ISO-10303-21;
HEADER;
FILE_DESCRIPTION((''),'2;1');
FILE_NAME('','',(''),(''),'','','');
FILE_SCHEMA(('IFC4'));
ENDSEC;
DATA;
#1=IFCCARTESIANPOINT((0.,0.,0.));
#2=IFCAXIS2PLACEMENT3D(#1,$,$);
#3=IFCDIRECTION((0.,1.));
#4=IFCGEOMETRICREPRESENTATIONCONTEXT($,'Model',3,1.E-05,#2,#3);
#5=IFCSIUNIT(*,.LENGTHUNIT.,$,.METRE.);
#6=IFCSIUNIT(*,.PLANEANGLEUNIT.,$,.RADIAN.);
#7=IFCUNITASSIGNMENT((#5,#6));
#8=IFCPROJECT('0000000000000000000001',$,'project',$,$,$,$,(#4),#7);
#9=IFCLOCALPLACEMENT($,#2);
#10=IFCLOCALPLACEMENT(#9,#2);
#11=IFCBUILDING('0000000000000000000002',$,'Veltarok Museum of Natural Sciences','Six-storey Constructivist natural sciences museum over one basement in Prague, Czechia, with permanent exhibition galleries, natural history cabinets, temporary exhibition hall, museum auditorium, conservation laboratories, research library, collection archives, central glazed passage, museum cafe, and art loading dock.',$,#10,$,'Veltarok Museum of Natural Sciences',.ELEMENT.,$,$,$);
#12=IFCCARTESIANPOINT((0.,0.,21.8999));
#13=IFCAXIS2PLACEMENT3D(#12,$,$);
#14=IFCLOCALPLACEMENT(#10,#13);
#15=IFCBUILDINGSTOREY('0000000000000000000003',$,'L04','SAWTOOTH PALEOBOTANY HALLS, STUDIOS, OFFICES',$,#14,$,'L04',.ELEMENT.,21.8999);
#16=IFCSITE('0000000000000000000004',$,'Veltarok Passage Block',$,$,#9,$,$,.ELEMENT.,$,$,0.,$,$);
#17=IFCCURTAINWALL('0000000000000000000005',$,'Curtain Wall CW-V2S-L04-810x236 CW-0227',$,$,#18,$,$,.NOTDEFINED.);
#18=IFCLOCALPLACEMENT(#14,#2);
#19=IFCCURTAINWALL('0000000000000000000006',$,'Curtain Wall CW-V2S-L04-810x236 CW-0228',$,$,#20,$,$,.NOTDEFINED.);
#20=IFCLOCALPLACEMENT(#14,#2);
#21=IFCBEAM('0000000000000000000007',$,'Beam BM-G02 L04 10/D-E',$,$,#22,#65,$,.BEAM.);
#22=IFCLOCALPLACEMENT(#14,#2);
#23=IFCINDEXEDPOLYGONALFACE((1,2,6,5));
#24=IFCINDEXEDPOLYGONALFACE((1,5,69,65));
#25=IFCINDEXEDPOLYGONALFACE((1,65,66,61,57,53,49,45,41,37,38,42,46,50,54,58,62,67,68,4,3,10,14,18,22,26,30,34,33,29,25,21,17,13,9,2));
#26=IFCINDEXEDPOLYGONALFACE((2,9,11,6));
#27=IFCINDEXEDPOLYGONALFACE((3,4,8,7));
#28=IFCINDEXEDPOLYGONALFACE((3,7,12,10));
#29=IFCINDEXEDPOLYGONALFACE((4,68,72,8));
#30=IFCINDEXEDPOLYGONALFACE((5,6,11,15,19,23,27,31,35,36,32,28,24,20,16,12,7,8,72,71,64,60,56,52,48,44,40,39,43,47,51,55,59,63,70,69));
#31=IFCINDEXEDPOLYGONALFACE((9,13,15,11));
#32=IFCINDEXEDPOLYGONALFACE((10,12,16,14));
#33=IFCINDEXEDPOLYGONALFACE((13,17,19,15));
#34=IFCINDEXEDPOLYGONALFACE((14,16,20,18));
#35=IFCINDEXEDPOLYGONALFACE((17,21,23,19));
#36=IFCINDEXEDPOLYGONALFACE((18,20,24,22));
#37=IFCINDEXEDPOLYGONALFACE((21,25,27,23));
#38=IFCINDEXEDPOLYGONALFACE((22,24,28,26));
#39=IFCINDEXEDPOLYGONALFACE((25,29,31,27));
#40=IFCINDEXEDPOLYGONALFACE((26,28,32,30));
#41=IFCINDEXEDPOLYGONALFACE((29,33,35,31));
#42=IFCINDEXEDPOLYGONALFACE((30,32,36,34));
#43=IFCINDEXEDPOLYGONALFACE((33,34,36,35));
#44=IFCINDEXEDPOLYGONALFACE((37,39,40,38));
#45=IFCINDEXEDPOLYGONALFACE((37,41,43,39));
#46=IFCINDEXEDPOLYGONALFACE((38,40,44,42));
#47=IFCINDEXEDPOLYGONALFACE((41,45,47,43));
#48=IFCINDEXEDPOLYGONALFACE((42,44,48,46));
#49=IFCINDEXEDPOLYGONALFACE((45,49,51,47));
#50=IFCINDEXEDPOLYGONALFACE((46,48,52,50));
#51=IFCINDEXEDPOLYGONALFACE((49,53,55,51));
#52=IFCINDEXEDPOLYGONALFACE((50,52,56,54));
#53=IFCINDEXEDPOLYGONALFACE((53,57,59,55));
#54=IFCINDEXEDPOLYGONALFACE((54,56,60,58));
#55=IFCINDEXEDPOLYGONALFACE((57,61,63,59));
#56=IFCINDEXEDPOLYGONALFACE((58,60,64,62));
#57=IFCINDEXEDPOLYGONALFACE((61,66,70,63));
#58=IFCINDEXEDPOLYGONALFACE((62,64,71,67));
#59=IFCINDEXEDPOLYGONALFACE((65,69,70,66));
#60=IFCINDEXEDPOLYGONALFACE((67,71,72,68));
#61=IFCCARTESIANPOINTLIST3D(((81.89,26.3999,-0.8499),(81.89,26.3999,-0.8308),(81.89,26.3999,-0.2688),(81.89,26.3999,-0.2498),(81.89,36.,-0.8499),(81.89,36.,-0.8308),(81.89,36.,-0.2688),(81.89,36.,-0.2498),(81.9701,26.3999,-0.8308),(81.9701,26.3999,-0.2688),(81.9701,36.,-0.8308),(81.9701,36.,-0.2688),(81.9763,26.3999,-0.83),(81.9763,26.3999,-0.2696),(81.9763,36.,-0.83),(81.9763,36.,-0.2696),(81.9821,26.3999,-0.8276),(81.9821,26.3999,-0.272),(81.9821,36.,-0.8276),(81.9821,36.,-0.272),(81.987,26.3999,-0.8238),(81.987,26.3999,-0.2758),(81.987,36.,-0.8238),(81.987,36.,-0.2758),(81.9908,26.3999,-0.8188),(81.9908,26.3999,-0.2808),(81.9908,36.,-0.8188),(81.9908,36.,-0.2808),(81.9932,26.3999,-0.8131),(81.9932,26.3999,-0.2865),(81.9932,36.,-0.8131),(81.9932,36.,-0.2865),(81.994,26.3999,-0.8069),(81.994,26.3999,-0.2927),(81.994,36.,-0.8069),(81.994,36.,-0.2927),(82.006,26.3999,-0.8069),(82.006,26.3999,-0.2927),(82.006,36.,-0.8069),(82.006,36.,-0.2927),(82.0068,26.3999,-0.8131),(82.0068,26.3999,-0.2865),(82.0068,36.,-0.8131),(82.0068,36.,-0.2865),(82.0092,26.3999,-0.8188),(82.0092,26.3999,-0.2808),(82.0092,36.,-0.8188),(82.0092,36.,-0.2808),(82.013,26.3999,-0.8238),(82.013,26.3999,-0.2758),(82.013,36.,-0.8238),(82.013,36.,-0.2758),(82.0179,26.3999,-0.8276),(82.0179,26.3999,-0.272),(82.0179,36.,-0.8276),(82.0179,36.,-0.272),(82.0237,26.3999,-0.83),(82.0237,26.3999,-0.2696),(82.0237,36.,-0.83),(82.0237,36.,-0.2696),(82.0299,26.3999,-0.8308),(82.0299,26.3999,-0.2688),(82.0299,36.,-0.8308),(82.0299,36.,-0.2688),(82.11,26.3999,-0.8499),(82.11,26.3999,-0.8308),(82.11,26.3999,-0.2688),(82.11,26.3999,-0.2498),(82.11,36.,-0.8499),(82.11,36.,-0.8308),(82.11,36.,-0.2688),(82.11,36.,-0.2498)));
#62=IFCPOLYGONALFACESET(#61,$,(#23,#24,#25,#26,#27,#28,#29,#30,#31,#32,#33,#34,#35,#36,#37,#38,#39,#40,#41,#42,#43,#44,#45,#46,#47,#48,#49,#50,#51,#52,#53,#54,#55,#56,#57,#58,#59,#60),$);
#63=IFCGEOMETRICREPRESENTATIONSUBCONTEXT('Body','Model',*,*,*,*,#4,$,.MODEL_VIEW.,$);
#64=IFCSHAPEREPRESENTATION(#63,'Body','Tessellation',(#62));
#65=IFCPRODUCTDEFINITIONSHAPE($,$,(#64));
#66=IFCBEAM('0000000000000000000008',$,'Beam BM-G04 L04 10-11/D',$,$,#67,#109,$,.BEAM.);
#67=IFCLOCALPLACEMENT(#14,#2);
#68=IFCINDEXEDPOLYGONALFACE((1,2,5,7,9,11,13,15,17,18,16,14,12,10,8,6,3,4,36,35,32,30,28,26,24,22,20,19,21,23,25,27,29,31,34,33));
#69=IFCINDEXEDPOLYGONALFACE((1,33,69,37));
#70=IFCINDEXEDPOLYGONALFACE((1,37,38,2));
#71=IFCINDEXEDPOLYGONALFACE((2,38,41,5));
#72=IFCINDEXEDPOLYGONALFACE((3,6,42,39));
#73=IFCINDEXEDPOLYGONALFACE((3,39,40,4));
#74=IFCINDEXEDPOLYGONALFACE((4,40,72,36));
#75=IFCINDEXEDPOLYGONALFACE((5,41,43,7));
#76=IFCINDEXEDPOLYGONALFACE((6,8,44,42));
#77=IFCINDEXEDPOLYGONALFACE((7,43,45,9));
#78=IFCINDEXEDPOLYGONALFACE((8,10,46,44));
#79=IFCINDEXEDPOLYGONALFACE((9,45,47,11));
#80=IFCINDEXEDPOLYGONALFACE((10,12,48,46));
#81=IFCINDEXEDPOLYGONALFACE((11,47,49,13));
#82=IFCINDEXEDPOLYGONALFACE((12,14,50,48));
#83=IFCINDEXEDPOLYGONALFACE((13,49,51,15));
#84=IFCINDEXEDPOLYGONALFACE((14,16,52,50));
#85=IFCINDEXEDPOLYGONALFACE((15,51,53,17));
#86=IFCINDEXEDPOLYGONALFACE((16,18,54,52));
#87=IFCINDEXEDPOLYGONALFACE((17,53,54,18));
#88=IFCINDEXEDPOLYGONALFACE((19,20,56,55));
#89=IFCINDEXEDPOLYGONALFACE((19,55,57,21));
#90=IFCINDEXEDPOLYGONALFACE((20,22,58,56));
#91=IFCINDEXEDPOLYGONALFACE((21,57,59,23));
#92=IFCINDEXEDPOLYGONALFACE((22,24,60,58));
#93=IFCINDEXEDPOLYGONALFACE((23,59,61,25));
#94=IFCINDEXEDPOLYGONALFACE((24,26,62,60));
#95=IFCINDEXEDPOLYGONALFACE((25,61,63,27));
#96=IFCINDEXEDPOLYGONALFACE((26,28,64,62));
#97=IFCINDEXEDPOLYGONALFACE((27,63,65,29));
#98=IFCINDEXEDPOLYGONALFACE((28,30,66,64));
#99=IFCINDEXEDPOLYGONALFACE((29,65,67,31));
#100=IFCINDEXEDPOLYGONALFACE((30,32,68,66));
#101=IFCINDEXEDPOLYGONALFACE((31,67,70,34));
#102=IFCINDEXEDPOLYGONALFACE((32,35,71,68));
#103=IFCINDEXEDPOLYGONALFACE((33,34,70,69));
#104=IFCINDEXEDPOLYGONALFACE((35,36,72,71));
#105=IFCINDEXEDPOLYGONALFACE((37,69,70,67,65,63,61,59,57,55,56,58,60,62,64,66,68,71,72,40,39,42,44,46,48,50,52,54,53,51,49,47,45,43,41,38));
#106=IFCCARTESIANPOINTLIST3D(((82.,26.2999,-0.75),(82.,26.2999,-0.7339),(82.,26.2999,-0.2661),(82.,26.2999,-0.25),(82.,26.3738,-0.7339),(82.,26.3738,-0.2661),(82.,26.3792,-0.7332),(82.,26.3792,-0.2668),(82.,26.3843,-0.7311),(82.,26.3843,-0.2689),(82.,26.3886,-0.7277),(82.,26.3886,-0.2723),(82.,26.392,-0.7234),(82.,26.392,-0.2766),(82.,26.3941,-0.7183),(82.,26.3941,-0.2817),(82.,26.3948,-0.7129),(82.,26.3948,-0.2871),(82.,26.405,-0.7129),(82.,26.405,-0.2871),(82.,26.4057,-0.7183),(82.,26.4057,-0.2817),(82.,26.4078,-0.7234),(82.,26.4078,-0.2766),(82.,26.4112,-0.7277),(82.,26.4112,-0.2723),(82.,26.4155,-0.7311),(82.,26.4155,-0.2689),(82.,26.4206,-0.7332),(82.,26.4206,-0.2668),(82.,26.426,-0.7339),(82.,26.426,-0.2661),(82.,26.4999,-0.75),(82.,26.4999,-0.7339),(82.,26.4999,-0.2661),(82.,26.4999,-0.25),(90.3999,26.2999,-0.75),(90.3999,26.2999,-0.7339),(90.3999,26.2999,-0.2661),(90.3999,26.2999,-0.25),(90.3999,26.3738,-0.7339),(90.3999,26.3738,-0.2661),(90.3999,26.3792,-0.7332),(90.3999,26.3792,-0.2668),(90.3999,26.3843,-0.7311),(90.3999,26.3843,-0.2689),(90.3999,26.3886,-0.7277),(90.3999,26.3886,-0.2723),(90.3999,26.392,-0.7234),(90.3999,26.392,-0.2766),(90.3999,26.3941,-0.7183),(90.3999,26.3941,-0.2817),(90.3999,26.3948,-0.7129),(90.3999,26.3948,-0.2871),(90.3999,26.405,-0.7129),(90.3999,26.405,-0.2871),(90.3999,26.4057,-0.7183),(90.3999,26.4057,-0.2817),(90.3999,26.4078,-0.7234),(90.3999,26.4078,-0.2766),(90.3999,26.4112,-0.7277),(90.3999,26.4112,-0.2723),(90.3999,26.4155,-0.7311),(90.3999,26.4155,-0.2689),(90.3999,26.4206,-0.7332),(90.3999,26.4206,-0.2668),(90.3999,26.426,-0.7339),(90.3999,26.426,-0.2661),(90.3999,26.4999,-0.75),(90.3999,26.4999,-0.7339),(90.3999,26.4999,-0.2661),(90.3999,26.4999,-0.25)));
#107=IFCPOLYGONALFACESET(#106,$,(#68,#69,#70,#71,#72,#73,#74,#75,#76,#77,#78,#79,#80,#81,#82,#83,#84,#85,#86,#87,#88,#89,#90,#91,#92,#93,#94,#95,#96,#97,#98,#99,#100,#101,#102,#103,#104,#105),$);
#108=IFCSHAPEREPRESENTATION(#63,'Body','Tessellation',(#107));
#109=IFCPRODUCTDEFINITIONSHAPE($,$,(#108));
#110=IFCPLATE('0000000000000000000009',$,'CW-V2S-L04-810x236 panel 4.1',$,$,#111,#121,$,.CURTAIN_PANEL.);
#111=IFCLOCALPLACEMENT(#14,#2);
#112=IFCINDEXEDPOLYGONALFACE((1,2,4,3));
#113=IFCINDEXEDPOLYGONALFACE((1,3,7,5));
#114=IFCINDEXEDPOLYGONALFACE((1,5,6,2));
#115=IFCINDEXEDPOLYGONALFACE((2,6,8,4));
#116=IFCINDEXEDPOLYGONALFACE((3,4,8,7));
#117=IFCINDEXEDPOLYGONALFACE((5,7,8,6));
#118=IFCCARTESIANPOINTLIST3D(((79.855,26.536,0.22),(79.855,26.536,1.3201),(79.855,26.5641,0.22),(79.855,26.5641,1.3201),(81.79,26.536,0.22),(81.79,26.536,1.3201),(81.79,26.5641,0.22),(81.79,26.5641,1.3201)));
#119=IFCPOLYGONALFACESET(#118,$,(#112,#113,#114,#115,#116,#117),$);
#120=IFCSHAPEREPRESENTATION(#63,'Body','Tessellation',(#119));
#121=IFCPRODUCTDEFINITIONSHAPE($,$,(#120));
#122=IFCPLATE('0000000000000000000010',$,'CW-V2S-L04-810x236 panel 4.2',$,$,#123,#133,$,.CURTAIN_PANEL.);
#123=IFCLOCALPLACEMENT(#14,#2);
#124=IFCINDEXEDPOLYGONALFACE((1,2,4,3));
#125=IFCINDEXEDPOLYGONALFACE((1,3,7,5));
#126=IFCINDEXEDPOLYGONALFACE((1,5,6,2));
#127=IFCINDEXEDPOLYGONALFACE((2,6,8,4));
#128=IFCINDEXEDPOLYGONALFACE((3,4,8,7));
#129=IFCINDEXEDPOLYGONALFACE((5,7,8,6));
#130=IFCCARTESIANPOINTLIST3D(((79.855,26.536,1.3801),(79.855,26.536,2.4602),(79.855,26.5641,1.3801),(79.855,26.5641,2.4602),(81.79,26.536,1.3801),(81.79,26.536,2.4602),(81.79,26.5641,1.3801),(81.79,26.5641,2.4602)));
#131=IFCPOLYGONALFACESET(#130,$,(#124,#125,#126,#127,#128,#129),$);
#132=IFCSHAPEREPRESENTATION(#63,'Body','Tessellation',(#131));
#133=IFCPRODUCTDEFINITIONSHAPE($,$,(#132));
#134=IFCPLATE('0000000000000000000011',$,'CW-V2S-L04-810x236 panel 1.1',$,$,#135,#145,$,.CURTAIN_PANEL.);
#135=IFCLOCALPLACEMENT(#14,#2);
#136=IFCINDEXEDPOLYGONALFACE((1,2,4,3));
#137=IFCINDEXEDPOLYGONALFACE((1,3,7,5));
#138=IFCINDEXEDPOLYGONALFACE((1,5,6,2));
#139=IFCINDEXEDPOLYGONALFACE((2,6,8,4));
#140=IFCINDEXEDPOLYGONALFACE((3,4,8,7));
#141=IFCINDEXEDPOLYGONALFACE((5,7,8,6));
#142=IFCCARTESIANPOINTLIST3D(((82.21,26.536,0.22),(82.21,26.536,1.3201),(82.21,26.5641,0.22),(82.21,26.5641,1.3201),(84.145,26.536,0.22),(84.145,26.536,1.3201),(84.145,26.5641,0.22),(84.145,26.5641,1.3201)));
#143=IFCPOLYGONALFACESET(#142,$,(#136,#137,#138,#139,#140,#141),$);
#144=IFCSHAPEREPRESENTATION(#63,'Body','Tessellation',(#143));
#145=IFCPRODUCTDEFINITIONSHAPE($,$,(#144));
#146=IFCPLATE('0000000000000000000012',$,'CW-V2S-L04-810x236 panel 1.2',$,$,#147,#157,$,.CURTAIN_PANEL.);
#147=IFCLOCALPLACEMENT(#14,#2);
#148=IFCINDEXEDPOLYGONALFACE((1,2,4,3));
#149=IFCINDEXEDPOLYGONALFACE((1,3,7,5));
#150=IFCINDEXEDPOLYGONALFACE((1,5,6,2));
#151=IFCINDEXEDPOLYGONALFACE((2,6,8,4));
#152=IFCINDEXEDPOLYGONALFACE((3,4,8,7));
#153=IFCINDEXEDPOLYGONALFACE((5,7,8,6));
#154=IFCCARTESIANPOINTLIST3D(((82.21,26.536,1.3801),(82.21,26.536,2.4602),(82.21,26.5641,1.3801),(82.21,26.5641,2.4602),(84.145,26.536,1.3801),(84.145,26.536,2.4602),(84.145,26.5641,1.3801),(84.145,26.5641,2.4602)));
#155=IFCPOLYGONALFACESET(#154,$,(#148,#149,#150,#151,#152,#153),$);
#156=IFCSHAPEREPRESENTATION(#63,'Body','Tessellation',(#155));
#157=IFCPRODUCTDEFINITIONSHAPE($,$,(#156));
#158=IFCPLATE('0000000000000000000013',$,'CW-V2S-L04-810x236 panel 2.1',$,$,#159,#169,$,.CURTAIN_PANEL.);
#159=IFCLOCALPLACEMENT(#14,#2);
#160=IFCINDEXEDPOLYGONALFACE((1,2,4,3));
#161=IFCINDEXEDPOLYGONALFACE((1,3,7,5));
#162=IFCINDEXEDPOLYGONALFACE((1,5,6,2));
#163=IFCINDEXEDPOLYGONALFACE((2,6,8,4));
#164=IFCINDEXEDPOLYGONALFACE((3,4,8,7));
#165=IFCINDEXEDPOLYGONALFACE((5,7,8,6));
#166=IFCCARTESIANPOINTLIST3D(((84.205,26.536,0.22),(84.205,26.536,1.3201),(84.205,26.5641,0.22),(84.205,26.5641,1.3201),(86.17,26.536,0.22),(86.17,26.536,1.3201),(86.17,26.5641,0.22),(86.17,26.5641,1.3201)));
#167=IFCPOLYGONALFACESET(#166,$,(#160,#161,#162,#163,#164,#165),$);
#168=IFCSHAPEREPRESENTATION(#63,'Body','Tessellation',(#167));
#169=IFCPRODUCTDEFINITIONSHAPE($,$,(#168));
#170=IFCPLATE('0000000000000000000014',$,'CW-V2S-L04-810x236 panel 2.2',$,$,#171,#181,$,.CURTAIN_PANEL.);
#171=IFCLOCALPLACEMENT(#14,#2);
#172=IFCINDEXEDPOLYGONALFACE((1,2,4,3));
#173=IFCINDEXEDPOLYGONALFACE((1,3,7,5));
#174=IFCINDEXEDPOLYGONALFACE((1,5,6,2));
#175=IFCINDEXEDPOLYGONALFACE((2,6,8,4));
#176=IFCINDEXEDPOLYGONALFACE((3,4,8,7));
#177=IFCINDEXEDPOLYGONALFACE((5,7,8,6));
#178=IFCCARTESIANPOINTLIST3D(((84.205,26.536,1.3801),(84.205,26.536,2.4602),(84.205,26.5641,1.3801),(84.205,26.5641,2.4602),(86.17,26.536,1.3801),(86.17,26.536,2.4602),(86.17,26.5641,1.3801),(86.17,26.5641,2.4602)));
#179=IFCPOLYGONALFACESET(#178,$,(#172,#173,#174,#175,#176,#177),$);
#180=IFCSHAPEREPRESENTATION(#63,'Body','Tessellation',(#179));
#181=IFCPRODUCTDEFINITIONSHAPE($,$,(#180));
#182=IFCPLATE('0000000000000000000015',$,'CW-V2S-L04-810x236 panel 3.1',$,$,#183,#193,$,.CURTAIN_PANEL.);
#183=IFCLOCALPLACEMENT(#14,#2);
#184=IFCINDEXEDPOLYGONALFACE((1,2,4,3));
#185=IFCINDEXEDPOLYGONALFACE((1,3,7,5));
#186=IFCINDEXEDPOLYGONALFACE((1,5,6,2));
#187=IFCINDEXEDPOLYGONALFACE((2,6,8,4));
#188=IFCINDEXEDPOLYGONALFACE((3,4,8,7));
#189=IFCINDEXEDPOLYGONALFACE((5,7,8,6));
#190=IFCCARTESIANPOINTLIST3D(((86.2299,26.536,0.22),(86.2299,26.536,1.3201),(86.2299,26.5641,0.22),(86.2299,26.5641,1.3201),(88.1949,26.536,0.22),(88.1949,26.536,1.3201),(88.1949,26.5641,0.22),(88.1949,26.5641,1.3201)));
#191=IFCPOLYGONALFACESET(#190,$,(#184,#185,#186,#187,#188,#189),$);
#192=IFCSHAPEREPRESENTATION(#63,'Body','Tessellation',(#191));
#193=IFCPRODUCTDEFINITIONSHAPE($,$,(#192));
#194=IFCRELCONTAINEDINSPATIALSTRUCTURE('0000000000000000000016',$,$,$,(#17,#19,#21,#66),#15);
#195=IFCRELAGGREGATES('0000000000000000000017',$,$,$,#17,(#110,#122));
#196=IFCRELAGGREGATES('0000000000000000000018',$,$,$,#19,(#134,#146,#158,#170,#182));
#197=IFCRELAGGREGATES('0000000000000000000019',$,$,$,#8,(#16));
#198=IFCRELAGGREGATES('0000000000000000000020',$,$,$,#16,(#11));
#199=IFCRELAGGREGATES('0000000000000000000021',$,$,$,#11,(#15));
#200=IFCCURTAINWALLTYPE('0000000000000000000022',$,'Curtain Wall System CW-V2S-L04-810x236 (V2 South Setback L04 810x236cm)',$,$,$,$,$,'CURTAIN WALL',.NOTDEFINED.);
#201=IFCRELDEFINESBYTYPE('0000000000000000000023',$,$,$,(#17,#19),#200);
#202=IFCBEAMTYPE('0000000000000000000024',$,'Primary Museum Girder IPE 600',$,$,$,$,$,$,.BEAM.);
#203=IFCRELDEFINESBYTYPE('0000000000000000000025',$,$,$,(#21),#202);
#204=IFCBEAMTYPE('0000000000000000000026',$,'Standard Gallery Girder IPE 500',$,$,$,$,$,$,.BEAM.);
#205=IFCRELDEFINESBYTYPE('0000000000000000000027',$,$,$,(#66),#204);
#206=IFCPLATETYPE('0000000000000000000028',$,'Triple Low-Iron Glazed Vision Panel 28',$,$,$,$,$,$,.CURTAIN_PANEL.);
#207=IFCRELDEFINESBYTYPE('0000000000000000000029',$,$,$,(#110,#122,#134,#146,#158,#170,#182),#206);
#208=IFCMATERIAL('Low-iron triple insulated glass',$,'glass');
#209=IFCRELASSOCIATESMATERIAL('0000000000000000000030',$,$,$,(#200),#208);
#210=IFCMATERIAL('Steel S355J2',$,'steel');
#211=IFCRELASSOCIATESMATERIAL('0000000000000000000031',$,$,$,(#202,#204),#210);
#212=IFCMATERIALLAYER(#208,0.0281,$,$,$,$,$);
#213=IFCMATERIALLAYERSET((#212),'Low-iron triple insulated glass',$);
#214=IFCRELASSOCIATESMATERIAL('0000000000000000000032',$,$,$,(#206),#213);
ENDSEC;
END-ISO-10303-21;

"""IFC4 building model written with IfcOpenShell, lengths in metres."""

from ifc_helpers import new_model, si_unit, direction, frame, origin, origin_2d, place, context, subcontext, project, spatial, rectangle, i_section, extrude, material, layer, layer_set, material_profile, profile_set, type_object, element, aggregate, save


model = new_model("IFC4")

# Units and contexts
model_context = context("Model", 3, precision=1e-05, world=origin(), true_north=direction((0.0, 1.0)))
body_context = subcontext(model_context, "Body", "Model", "MODEL_VIEW")
ifc_project = project(units=[si_unit("LENGTHUNIT", "METRE"), si_unit("PLANEANGLEUNIT", "RADIAN")], contexts=[model_context])

# Site, building, storey
site_placement = place(None, origin())
site = spatial("IfcSite", under=ifc_project, at=site_placement, Name="Veltarok Passage Block", CompositionType="ELEMENT", RefElevation=0.0)
building_placement = place(site_placement, origin())
building = spatial("IfcBuilding", under=site, at=building_placement, Name="Veltarok Museum of Natural Sciences", Description="Six-storey Constructivist natural sciences museum over one basement in Prague, Czechia, with permanent exhibition galleries, natural history cabinets, temporary exhibition hall, museum auditorium, conservation laboratories, research library, collection archives, central glazed passage, museum cafe, and art loading dock.", LongName="Veltarok Museum of Natural Sciences", CompositionType="ELEMENT")
storey_placement = place(building_placement, frame((0.0, 0.0, 21.8999)))
storey = spatial("IfcBuildingStorey", under=building, at=storey_placement, Name="L04", Description="SAWTOOTH PALEOBOTANY HALLS, STUDIOS, OFFICES", LongName="L04", CompositionType="ELEMENT", Elevation=21.8999)

# Shared definitions
ifc_material_1 = material(Name="Steel S355J2", Category="steel")

# Curtain walls
ifc_material_2 = material(Name="Low-iron triple insulated glass", Category="glass")
curtain_wall_type = type_object("IfcCurtainWallType", Name="Curtain Wall System CW-V2S-L04-810x236 (V2 South Setback L04 810x236cm)", ElementType="CURTAIN WALL", PredefinedType="NOTDEFINED", material=ifc_material_2)
curtain_wall_1_placement = place(storey_placement, origin())
curtain_wall_1 = element("IfcCurtainWall", 1, at=curtain_wall_1_placement, inside=storey, type_object=curtain_wall_type, Name="Curtain Wall CW-V2S-L04-810x236 CW-0227", PredefinedType="NOTDEFINED")
curtain_wall_2_placement = place(storey_placement, origin())
curtain_wall_2 = element("IfcCurtainWall", 2, at=curtain_wall_2_placement, inside=storey, type_object=curtain_wall_type, Name="Curtain Wall CW-V2S-L04-810x236 CW-0228", PredefinedType="NOTDEFINED")

# Beams
ifc_material_profile_1 = material_profile(ifc_material_1, i_section(OverallWidth=0.22, OverallDepth=0.6001, WebThickness=0.012, FlangeThickness=0.019, FilletRadius=0.0239, at=origin_2d()), Name="IPE 600")
ifc_profile_set_1 = profile_set([ifc_material_profile_1], Name="Steel S355J2")
beam_type_1 = type_object("IfcBeamType", Name="Primary Museum Girder IPE 600", PredefinedType="BEAM", material=ifc_profile_set_1)
beam_1_placement = place(storey_placement, frame((82.0, 26.3999, -0.5498), z_axis=(0.0, 1.0, 0.0), x_axis=(-1.0, 0.0, 0.0)))
element("IfcBeam", 3, at=beam_1_placement, inside=storey, type_object=beam_type_1, Name="Beam BM-G02 L04 10/D-E", PredefinedType="BEAM", context=body_context, shape_type="SweptSolid", body=[
    extrude(i_section(OverallWidth=0.22, OverallDepth=0.6001, WebThickness=0.012, FlangeThickness=0.019, FilletRadius=0.0239, at=origin_2d()), origin(), (0.0, 0.0, 1.0), 9.6001),
])
ifc_material_profile_2 = material_profile(ifc_material_1, i_section(OverallWidth=0.2, OverallDepth=0.5, WebThickness=0.0103, FlangeThickness=0.0161, FilletRadius=0.021, at=origin_2d()), Name="IPE 500")
ifc_profile_set_2 = profile_set([ifc_material_profile_2], Name="Steel S355J2")
beam_type_2 = type_object("IfcBeamType", Name="Standard Gallery Girder IPE 500", PredefinedType="BEAM", material=ifc_profile_set_2)
beam_2_placement = place(storey_placement, frame((82.0, 26.3999, -0.5), z_axis=(1.0, 0.0, 0.0), x_axis=(0.0, 1.0, 0.0)))
element("IfcBeam", 4, at=beam_2_placement, inside=storey, type_object=beam_type_2, Name="Beam BM-G04 L04 10-11/D", PredefinedType="BEAM", context=body_context, shape_type="SweptSolid", body=[
    extrude(i_section(OverallWidth=0.2, OverallDepth=0.5, WebThickness=0.0103, FlangeThickness=0.0161, FilletRadius=0.021, at=origin_2d()), origin(), (0.0, 0.0, 1.0), 8.3999),
])

# Plates
ifc_layer_1 = layer(ifc_material_2, 0.0281)
ifc_layer_set_1 = layer_set([ifc_layer_1], Name="Low-iron triple insulated glass")
plate_type = type_object("IfcPlateType", Name="Triple Low-Iron Glazed Vision Panel 28", PredefinedType="CURTAIN_PANEL", material=ifc_layer_set_1)
plate_1_placement = place(storey_placement, frame((80.8225, 26.55, 0.22), z_axis=(0.0, 0.0, 1.0), x_axis=(1.0, 0.0, 0.0)))
plate_1 = element("IfcPlate", 5, at=plate_1_placement, type_object=plate_type, Name="CW-V2S-L04-810x236 panel 4.1", PredefinedType="CURTAIN_PANEL", context=body_context, shape_type="SweptSolid", body=[
    extrude(rectangle(XDim=1.9351, YDim=0.0281, at=origin_2d()), origin(), (0.0, 0.0, 1.0), 1.1001),
])
plate_2_placement = place(storey_placement, frame((80.8225, 26.55, 1.3801), z_axis=(0.0, 0.0, 1.0), x_axis=(1.0, 0.0, 0.0)))
plate_2 = element("IfcPlate", 6, at=plate_2_placement, type_object=plate_type, Name="CW-V2S-L04-810x236 panel 4.2", PredefinedType="CURTAIN_PANEL", context=body_context, shape_type="SweptSolid", body=[
    extrude(rectangle(XDim=1.9351, YDim=0.0281, at=origin_2d()), origin(), (0.0, 0.0, 1.0), 1.0801),
])
aggregate(curtain_wall_1, [plate_1, plate_2])
plate_3_placement = place(storey_placement, frame((83.1775, 26.55, 0.22), z_axis=(0.0, 0.0, 1.0), x_axis=(1.0, 0.0, 0.0)))
plate_3 = element("IfcPlate", 7, at=plate_3_placement, type_object=plate_type, Name="CW-V2S-L04-810x236 panel 1.1", PredefinedType="CURTAIN_PANEL", context=body_context, shape_type="SweptSolid", body=[
    extrude(rectangle(XDim=1.9351, YDim=0.0281, at=origin_2d()), origin(), (0.0, 0.0, 1.0), 1.1001),
])
plate_4_placement = place(storey_placement, frame((83.1775, 26.55, 1.3801), z_axis=(0.0, 0.0, 1.0), x_axis=(1.0, 0.0, 0.0)))
plate_4 = element("IfcPlate", 8, at=plate_4_placement, type_object=plate_type, Name="CW-V2S-L04-810x236 panel 1.2", PredefinedType="CURTAIN_PANEL", context=body_context, shape_type="SweptSolid", body=[
    extrude(rectangle(XDim=1.9351, YDim=0.0281, at=origin_2d()), origin(), (0.0, 0.0, 1.0), 1.0801),
])
plate_5_placement = place(storey_placement, frame((85.1875, 26.55, 0.22), z_axis=(0.0, 0.0, 1.0), x_axis=(1.0, 0.0, 0.0)))
plate_5 = element("IfcPlate", 9, at=plate_5_placement, type_object=plate_type, Name="CW-V2S-L04-810x236 panel 2.1", PredefinedType="CURTAIN_PANEL", context=body_context, shape_type="SweptSolid", body=[
    extrude(rectangle(XDim=1.9651, YDim=0.0281, at=origin_2d()), origin(), (0.0, 0.0, 1.0), 1.1001),
])
plate_6_placement = place(storey_placement, frame((85.1875, 26.55, 1.3801), z_axis=(0.0, 0.0, 1.0), x_axis=(1.0, 0.0, 0.0)))
plate_6 = element("IfcPlate", 10, at=plate_6_placement, type_object=plate_type, Name="CW-V2S-L04-810x236 panel 2.2", PredefinedType="CURTAIN_PANEL", context=body_context, shape_type="SweptSolid", body=[
    extrude(rectangle(XDim=1.9651, YDim=0.0281, at=origin_2d()), origin(), (0.0, 0.0, 1.0), 1.0801),
])
plate_7_placement = place(storey_placement, frame((87.2124, 26.55, 0.22), z_axis=(0.0, 0.0, 1.0), x_axis=(1.0, 0.0, 0.0)))
plate_7 = element("IfcPlate", 11, at=plate_7_placement, type_object=plate_type, Name="CW-V2S-L04-810x236 panel 3.1", PredefinedType="CURTAIN_PANEL", context=body_context, shape_type="SweptSolid", body=[
    extrude(rectangle(XDim=1.9651, YDim=0.0281, at=origin_2d()), origin(), (0.0, 0.0, 1.0), 1.1001),
])
aggregate(curtain_wall_2, [plate_3, plate_4, plate_5, plate_6, plate_7])

save(model, "model.ifc")
